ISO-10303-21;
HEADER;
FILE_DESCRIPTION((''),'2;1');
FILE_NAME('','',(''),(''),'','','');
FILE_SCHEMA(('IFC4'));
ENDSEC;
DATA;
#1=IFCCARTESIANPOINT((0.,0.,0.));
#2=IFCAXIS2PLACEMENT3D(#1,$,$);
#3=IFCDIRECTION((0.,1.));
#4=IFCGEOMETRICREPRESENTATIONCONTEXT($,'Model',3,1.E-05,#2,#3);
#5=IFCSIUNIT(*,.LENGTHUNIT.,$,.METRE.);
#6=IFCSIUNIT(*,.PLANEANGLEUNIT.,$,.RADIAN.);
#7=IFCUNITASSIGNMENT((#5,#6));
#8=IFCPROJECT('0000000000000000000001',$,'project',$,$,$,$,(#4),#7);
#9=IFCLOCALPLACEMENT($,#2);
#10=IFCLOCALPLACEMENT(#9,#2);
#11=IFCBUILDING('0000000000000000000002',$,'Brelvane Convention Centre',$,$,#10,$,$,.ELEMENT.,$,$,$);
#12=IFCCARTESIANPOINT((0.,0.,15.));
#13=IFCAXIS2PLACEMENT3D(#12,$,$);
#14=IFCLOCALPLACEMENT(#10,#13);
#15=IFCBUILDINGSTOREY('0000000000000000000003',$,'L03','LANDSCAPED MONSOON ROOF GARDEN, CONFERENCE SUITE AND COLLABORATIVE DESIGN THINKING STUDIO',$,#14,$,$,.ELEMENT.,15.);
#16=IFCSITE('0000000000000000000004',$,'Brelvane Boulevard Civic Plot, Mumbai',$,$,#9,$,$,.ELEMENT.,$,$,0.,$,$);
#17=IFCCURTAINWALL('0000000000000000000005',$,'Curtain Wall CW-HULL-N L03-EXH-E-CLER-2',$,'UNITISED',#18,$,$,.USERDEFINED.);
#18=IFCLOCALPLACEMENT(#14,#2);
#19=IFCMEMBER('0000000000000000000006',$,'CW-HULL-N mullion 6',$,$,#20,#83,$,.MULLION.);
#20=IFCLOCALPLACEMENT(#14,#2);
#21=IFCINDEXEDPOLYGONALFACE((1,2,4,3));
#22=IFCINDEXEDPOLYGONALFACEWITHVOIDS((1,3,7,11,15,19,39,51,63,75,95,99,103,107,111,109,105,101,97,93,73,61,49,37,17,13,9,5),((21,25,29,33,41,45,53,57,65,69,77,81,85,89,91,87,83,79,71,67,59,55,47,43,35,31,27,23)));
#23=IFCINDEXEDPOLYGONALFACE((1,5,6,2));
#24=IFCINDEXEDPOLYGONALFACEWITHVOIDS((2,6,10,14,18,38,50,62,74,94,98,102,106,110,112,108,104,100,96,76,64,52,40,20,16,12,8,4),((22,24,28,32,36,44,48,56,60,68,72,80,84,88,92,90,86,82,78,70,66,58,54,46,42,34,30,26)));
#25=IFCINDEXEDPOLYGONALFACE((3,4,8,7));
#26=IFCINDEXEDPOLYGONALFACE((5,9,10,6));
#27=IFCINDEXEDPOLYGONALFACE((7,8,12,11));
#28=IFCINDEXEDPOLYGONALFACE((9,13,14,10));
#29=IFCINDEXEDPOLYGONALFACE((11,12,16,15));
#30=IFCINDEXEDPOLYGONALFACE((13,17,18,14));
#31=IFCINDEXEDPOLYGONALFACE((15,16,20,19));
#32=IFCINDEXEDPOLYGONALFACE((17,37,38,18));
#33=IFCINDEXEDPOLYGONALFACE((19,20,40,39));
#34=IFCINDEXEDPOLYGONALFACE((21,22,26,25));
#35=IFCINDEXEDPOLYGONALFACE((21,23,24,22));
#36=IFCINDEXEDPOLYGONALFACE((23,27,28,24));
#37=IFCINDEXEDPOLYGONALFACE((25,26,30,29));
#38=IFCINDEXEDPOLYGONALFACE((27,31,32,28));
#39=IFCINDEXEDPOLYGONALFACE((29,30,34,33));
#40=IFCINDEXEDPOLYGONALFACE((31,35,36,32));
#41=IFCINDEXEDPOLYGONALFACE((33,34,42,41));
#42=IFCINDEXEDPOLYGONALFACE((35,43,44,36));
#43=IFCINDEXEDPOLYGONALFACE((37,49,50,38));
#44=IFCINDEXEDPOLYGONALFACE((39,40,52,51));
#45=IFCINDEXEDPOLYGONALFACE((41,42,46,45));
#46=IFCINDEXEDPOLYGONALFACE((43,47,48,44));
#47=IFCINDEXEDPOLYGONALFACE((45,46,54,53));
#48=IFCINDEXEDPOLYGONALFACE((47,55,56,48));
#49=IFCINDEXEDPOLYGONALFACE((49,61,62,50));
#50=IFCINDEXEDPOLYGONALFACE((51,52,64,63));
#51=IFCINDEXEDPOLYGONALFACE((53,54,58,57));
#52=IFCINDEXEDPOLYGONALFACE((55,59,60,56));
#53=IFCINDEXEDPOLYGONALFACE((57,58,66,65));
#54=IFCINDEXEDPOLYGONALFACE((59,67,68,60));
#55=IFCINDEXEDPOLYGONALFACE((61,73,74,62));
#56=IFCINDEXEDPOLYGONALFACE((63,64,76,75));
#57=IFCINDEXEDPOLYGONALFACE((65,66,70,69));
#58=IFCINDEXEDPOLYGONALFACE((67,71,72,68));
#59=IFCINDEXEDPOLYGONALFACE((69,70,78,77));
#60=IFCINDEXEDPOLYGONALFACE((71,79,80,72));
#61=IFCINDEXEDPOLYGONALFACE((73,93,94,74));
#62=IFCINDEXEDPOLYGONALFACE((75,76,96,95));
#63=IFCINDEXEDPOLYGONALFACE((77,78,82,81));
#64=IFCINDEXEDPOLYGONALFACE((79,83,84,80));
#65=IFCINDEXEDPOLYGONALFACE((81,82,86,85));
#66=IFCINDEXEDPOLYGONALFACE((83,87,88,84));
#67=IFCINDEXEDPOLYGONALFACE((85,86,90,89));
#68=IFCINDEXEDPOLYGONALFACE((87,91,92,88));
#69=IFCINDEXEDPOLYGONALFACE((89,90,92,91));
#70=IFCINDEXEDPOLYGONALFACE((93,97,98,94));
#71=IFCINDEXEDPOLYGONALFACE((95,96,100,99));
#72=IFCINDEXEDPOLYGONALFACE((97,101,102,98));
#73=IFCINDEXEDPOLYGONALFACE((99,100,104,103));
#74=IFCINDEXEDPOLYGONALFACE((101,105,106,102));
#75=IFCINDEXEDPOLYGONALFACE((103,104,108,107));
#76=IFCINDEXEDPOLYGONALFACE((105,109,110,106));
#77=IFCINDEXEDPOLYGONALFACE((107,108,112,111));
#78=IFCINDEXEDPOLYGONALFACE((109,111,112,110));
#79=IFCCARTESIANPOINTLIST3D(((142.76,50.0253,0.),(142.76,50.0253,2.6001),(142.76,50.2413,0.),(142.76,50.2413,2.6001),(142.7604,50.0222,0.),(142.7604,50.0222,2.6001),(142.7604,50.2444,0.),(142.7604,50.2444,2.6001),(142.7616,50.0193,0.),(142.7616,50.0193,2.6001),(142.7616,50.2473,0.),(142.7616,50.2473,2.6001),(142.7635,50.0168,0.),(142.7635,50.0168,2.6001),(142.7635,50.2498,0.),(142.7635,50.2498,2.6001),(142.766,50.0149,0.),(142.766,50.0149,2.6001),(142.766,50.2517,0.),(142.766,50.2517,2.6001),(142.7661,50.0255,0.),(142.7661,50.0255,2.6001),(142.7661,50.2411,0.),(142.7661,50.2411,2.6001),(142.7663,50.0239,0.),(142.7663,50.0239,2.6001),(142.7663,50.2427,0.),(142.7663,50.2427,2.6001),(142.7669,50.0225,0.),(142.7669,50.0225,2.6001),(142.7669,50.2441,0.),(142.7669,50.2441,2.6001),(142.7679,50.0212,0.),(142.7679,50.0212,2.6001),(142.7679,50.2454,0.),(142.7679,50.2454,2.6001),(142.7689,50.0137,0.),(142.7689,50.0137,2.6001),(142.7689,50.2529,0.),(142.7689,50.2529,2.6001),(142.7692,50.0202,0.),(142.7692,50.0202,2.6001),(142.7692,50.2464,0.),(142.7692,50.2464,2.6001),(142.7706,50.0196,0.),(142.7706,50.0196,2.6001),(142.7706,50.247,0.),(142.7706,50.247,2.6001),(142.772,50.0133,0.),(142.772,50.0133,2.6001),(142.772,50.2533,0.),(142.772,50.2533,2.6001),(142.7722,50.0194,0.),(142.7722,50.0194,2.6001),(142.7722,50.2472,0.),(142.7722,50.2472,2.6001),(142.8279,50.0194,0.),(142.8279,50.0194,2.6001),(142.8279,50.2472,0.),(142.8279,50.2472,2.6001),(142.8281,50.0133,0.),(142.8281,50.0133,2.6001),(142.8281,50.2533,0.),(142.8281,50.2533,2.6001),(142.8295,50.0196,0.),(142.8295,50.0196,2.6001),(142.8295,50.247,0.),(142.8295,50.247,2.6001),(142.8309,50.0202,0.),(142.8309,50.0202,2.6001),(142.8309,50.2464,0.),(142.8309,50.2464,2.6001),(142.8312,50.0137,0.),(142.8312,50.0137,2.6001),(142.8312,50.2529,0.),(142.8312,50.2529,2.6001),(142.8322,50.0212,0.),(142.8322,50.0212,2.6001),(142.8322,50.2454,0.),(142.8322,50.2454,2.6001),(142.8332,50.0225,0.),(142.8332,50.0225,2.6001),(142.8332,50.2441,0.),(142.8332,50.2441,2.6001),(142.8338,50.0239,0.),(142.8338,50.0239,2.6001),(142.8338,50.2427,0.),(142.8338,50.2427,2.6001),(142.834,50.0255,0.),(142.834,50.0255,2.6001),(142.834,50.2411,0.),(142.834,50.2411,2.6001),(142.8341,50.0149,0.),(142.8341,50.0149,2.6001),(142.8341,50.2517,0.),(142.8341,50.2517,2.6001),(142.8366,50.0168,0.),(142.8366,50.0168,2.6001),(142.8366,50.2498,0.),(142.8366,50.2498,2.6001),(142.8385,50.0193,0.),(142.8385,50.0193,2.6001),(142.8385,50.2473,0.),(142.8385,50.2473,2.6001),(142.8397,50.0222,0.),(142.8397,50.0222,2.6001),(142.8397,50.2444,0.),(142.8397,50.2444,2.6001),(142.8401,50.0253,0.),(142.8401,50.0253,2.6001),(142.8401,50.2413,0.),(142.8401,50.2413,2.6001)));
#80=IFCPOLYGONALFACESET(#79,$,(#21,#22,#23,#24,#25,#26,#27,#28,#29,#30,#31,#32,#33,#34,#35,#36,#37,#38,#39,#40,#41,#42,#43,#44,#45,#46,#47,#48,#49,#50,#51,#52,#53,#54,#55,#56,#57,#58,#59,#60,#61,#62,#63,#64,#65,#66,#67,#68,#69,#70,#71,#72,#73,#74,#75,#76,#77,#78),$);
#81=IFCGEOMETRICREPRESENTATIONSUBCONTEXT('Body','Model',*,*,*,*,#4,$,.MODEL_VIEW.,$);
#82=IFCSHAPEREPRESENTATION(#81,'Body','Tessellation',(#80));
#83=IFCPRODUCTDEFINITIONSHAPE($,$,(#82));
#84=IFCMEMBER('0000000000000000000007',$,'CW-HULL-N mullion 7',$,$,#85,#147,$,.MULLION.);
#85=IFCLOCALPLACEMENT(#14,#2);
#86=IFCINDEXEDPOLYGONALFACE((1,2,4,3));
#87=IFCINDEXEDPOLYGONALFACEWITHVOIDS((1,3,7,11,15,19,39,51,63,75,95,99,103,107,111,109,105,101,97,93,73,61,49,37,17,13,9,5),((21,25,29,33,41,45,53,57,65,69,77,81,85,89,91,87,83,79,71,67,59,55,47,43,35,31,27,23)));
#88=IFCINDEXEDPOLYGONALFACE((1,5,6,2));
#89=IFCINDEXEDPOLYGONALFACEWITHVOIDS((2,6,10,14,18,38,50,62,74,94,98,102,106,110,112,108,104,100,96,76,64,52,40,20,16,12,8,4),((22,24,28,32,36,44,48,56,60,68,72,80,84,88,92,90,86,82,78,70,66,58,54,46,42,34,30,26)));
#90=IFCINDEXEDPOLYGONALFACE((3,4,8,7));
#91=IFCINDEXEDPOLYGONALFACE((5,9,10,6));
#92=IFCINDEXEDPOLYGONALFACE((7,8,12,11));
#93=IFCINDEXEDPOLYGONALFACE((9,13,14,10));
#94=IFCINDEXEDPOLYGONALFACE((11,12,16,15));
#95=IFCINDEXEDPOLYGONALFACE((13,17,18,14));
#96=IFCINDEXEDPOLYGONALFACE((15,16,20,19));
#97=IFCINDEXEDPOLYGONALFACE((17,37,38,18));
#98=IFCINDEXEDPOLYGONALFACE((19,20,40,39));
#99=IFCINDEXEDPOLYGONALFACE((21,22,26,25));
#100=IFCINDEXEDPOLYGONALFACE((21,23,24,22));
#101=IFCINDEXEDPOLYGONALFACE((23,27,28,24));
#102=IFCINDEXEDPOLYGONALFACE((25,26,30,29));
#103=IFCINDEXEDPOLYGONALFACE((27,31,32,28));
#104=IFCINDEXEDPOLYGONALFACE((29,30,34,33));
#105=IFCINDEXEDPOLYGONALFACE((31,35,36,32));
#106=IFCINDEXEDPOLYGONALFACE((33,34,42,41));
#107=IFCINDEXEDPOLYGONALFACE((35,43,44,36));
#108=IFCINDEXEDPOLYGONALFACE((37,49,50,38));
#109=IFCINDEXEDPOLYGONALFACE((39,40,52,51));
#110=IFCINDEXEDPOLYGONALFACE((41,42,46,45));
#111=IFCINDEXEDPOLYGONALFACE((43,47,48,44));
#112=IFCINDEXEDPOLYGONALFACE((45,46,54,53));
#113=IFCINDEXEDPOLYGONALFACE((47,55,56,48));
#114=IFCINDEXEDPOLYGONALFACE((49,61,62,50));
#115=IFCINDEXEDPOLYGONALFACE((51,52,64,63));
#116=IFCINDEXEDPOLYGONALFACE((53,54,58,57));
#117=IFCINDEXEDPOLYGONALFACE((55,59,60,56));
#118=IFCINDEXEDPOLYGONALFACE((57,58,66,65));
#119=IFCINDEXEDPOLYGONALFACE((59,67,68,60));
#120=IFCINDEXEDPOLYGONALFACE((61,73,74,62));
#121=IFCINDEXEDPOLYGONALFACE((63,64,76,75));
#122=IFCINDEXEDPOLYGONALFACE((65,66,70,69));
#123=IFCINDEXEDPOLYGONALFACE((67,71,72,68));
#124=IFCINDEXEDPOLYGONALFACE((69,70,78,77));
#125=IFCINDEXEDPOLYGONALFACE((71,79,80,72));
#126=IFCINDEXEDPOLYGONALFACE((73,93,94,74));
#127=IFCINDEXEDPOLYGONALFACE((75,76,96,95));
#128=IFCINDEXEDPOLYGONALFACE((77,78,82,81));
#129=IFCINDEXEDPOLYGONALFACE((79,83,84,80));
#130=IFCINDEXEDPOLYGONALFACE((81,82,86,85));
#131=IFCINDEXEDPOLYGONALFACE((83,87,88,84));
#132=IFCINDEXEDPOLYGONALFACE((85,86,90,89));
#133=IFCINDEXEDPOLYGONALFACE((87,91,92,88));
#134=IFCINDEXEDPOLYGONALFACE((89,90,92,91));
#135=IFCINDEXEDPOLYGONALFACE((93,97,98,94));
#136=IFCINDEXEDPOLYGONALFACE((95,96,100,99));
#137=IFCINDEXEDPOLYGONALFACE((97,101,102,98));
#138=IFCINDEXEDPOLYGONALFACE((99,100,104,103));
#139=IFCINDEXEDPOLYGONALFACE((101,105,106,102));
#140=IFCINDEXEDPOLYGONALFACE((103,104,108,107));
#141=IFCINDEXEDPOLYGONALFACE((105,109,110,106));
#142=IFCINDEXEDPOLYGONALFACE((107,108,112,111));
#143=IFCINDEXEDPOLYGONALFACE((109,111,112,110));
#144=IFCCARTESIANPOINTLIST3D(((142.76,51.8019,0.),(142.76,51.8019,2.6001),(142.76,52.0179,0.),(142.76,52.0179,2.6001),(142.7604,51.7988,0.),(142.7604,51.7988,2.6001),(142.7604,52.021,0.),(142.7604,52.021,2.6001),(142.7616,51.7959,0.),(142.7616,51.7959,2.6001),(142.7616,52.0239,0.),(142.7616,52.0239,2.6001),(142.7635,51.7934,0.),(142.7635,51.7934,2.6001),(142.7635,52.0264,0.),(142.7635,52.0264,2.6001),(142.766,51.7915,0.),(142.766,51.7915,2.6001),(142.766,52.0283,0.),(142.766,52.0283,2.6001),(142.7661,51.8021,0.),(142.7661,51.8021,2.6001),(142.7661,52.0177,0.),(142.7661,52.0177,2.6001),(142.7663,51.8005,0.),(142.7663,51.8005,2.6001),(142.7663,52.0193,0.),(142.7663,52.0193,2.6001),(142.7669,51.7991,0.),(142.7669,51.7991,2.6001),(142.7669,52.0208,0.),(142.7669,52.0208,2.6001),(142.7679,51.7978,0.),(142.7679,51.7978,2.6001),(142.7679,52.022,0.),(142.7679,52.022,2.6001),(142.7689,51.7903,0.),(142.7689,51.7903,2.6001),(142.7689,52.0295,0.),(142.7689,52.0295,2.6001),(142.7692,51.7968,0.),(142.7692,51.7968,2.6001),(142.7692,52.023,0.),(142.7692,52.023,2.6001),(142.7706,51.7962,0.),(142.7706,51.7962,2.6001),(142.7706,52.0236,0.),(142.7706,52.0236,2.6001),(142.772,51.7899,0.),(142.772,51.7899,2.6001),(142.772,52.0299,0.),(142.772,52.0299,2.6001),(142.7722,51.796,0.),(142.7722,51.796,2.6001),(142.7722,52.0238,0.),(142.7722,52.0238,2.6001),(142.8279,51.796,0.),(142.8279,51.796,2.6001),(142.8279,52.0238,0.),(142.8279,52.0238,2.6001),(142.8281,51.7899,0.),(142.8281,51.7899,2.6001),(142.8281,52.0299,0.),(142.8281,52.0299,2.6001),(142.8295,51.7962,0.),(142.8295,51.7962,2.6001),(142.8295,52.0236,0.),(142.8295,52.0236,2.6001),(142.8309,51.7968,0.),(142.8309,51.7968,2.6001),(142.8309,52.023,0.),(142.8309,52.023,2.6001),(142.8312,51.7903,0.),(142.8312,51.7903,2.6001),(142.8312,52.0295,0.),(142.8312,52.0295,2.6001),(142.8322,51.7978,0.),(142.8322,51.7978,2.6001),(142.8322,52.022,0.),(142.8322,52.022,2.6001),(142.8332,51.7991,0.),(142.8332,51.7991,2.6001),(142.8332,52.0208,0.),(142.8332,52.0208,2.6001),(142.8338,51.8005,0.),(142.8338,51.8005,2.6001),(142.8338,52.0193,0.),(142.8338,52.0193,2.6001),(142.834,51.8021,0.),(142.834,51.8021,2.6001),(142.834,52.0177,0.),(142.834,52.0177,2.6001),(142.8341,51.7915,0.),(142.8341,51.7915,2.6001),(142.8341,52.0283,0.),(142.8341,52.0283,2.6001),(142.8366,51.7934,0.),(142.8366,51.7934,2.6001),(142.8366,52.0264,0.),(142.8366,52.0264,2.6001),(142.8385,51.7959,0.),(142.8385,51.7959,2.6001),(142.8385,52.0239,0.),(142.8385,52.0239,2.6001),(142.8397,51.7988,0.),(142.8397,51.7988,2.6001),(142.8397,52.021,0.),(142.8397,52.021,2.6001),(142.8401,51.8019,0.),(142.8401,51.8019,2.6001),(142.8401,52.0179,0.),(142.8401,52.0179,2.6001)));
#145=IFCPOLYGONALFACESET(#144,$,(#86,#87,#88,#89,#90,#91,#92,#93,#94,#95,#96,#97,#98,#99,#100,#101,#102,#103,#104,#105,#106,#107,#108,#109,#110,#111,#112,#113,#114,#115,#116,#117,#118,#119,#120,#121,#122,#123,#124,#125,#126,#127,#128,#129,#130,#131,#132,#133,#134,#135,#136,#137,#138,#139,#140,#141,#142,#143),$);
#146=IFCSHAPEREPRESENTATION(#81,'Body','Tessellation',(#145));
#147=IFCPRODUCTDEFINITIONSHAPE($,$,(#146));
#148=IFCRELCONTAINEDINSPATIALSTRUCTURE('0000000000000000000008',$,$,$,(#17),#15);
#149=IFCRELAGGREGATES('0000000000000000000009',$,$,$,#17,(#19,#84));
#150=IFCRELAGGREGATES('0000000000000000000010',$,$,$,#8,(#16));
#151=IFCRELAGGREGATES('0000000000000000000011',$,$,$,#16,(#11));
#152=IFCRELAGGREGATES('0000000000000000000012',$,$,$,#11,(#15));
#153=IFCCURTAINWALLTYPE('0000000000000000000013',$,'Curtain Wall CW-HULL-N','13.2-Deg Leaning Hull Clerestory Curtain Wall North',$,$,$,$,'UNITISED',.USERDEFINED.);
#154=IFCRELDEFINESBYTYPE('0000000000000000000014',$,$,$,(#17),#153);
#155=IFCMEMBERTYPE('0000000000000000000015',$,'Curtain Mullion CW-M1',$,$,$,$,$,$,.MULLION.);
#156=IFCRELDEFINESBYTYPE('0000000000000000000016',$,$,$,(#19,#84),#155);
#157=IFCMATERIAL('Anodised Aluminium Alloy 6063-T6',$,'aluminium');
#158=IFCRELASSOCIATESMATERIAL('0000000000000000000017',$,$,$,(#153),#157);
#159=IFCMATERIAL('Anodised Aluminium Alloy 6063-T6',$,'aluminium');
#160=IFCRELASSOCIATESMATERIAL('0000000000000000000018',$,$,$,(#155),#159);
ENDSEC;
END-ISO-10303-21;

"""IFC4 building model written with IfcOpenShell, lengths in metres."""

from ifc_helpers import new_model, si_unit, direction, frame, origin, origin_2d, place, context, subcontext, project, spatial, hollow_rectangle, extrude, material, material_profile, profile_set, type_object, element, aggregate, save


model = new_model("IFC4")

# Units and contexts
model_context = context("Model", 3, precision=1e-05, world=origin(), true_north=direction((0.0, 1.0)))
body_context = subcontext(model_context, "Body", "Model", "MODEL_VIEW")
ifc_project = project(units=[si_unit("LENGTHUNIT", "METRE"), si_unit("PLANEANGLEUNIT", "RADIAN")], contexts=[model_context])

# Site, building, storey
site_placement = place(None, origin())
site = spatial("IfcSite", under=ifc_project, at=site_placement, Name="Brelvane Boulevard Civic Plot, Mumbai", CompositionType="ELEMENT", RefElevation=0.0)
building_placement = place(site_placement, origin())
building = spatial("IfcBuilding", under=site, at=building_placement, Name="Brelvane Convention Centre", CompositionType="ELEMENT")
storey_placement = place(building_placement, frame((0.0, 0.0, 15.0)))
storey = spatial("IfcBuildingStorey", under=building, at=storey_placement, Name="L03", Description="LANDSCAPED MONSOON ROOF GARDEN, CONFERENCE SUITE AND COLLABORATIVE DESIGN THINKING STUDIO", CompositionType="ELEMENT", Elevation=15.0)

# Curtain wall, members
ifc_material_1 = material(Name="Anodised Aluminium Alloy 6063-T6", Category="aluminium")
curtain_wall_type = type_object("IfcCurtainWallType", Name="Curtain Wall CW-HULL-N", Description="13.2-Deg Leaning Hull Clerestory Curtain Wall North", ElementType="UNITISED", PredefinedType="USERDEFINED", material=ifc_material_1)
curtain_wall_placement = place(storey_placement, origin())
curtain_wall = element("IfcCurtainWall", 1, at=curtain_wall_placement, inside=storey, type_object=curtain_wall_type, Name="Curtain Wall CW-HULL-N L03-EXH-E-CLER-2", ObjectType="UNITISED", PredefinedType="USERDEFINED")
ifc_material_2 = material(Name="Anodised Aluminium Alloy 6063-T6", Category="aluminium")
ifc_material_profile_1 = material_profile(ifc_material_2, hollow_rectangle(XDim=0.0801, YDim=0.24, WallThickness=0.0061, InnerFilletRadius=0.0061, OuterFilletRadius=0.012, at=origin_2d()), Name="ALU-M 240x80x6.0")
ifc_profile_set_1 = profile_set([ifc_material_profile_1], Name="Anodised Aluminium Alloy 6063-T6")
member_type_1 = type_object("IfcMemberType", Name="Curtain Mullion CW-M1", PredefinedType="MULLION", material=ifc_profile_set_1)
member_1_placement = place(storey_placement, frame((142.8, 50.1333, 0.0), z_axis=(0.0, 0.0, 1.0), x_axis=(-1.0, 0.0, 0.0)))
member_1 = element("IfcMember", 2, at=member_1_placement, type_object=member_type_1, Name="CW-HULL-N mullion 6", PredefinedType="MULLION", context=body_context, shape_type="SweptSolid", body=[
    extrude(hollow_rectangle(XDim=0.0801, YDim=0.24, WallThickness=0.0061, InnerFilletRadius=0.0061, OuterFilletRadius=0.012, at=origin_2d()), origin(), (0.0, 0.0, 1.0), 2.6001),
])
member_2_placement = place(storey_placement, frame((142.8, 51.9099, 0.0), z_axis=(0.0, 0.0, 1.0), x_axis=(-1.0, 0.0, 0.0)))
member_2 = element("IfcMember", 3, at=member_2_placement, type_object=member_type_1, Name="CW-HULL-N mullion 7", PredefinedType="MULLION", context=body_context, shape_type="SweptSolid", body=[
    extrude(hollow_rectangle(XDim=0.0801, YDim=0.24, WallThickness=0.0061, InnerFilletRadius=0.0061, OuterFilletRadius=0.012, at=origin_2d()), origin(), (0.0, 0.0, 1.0), 2.6001),
])
aggregate(curtain_wall, [member_1, member_2])

save(model, "model.ifc")
